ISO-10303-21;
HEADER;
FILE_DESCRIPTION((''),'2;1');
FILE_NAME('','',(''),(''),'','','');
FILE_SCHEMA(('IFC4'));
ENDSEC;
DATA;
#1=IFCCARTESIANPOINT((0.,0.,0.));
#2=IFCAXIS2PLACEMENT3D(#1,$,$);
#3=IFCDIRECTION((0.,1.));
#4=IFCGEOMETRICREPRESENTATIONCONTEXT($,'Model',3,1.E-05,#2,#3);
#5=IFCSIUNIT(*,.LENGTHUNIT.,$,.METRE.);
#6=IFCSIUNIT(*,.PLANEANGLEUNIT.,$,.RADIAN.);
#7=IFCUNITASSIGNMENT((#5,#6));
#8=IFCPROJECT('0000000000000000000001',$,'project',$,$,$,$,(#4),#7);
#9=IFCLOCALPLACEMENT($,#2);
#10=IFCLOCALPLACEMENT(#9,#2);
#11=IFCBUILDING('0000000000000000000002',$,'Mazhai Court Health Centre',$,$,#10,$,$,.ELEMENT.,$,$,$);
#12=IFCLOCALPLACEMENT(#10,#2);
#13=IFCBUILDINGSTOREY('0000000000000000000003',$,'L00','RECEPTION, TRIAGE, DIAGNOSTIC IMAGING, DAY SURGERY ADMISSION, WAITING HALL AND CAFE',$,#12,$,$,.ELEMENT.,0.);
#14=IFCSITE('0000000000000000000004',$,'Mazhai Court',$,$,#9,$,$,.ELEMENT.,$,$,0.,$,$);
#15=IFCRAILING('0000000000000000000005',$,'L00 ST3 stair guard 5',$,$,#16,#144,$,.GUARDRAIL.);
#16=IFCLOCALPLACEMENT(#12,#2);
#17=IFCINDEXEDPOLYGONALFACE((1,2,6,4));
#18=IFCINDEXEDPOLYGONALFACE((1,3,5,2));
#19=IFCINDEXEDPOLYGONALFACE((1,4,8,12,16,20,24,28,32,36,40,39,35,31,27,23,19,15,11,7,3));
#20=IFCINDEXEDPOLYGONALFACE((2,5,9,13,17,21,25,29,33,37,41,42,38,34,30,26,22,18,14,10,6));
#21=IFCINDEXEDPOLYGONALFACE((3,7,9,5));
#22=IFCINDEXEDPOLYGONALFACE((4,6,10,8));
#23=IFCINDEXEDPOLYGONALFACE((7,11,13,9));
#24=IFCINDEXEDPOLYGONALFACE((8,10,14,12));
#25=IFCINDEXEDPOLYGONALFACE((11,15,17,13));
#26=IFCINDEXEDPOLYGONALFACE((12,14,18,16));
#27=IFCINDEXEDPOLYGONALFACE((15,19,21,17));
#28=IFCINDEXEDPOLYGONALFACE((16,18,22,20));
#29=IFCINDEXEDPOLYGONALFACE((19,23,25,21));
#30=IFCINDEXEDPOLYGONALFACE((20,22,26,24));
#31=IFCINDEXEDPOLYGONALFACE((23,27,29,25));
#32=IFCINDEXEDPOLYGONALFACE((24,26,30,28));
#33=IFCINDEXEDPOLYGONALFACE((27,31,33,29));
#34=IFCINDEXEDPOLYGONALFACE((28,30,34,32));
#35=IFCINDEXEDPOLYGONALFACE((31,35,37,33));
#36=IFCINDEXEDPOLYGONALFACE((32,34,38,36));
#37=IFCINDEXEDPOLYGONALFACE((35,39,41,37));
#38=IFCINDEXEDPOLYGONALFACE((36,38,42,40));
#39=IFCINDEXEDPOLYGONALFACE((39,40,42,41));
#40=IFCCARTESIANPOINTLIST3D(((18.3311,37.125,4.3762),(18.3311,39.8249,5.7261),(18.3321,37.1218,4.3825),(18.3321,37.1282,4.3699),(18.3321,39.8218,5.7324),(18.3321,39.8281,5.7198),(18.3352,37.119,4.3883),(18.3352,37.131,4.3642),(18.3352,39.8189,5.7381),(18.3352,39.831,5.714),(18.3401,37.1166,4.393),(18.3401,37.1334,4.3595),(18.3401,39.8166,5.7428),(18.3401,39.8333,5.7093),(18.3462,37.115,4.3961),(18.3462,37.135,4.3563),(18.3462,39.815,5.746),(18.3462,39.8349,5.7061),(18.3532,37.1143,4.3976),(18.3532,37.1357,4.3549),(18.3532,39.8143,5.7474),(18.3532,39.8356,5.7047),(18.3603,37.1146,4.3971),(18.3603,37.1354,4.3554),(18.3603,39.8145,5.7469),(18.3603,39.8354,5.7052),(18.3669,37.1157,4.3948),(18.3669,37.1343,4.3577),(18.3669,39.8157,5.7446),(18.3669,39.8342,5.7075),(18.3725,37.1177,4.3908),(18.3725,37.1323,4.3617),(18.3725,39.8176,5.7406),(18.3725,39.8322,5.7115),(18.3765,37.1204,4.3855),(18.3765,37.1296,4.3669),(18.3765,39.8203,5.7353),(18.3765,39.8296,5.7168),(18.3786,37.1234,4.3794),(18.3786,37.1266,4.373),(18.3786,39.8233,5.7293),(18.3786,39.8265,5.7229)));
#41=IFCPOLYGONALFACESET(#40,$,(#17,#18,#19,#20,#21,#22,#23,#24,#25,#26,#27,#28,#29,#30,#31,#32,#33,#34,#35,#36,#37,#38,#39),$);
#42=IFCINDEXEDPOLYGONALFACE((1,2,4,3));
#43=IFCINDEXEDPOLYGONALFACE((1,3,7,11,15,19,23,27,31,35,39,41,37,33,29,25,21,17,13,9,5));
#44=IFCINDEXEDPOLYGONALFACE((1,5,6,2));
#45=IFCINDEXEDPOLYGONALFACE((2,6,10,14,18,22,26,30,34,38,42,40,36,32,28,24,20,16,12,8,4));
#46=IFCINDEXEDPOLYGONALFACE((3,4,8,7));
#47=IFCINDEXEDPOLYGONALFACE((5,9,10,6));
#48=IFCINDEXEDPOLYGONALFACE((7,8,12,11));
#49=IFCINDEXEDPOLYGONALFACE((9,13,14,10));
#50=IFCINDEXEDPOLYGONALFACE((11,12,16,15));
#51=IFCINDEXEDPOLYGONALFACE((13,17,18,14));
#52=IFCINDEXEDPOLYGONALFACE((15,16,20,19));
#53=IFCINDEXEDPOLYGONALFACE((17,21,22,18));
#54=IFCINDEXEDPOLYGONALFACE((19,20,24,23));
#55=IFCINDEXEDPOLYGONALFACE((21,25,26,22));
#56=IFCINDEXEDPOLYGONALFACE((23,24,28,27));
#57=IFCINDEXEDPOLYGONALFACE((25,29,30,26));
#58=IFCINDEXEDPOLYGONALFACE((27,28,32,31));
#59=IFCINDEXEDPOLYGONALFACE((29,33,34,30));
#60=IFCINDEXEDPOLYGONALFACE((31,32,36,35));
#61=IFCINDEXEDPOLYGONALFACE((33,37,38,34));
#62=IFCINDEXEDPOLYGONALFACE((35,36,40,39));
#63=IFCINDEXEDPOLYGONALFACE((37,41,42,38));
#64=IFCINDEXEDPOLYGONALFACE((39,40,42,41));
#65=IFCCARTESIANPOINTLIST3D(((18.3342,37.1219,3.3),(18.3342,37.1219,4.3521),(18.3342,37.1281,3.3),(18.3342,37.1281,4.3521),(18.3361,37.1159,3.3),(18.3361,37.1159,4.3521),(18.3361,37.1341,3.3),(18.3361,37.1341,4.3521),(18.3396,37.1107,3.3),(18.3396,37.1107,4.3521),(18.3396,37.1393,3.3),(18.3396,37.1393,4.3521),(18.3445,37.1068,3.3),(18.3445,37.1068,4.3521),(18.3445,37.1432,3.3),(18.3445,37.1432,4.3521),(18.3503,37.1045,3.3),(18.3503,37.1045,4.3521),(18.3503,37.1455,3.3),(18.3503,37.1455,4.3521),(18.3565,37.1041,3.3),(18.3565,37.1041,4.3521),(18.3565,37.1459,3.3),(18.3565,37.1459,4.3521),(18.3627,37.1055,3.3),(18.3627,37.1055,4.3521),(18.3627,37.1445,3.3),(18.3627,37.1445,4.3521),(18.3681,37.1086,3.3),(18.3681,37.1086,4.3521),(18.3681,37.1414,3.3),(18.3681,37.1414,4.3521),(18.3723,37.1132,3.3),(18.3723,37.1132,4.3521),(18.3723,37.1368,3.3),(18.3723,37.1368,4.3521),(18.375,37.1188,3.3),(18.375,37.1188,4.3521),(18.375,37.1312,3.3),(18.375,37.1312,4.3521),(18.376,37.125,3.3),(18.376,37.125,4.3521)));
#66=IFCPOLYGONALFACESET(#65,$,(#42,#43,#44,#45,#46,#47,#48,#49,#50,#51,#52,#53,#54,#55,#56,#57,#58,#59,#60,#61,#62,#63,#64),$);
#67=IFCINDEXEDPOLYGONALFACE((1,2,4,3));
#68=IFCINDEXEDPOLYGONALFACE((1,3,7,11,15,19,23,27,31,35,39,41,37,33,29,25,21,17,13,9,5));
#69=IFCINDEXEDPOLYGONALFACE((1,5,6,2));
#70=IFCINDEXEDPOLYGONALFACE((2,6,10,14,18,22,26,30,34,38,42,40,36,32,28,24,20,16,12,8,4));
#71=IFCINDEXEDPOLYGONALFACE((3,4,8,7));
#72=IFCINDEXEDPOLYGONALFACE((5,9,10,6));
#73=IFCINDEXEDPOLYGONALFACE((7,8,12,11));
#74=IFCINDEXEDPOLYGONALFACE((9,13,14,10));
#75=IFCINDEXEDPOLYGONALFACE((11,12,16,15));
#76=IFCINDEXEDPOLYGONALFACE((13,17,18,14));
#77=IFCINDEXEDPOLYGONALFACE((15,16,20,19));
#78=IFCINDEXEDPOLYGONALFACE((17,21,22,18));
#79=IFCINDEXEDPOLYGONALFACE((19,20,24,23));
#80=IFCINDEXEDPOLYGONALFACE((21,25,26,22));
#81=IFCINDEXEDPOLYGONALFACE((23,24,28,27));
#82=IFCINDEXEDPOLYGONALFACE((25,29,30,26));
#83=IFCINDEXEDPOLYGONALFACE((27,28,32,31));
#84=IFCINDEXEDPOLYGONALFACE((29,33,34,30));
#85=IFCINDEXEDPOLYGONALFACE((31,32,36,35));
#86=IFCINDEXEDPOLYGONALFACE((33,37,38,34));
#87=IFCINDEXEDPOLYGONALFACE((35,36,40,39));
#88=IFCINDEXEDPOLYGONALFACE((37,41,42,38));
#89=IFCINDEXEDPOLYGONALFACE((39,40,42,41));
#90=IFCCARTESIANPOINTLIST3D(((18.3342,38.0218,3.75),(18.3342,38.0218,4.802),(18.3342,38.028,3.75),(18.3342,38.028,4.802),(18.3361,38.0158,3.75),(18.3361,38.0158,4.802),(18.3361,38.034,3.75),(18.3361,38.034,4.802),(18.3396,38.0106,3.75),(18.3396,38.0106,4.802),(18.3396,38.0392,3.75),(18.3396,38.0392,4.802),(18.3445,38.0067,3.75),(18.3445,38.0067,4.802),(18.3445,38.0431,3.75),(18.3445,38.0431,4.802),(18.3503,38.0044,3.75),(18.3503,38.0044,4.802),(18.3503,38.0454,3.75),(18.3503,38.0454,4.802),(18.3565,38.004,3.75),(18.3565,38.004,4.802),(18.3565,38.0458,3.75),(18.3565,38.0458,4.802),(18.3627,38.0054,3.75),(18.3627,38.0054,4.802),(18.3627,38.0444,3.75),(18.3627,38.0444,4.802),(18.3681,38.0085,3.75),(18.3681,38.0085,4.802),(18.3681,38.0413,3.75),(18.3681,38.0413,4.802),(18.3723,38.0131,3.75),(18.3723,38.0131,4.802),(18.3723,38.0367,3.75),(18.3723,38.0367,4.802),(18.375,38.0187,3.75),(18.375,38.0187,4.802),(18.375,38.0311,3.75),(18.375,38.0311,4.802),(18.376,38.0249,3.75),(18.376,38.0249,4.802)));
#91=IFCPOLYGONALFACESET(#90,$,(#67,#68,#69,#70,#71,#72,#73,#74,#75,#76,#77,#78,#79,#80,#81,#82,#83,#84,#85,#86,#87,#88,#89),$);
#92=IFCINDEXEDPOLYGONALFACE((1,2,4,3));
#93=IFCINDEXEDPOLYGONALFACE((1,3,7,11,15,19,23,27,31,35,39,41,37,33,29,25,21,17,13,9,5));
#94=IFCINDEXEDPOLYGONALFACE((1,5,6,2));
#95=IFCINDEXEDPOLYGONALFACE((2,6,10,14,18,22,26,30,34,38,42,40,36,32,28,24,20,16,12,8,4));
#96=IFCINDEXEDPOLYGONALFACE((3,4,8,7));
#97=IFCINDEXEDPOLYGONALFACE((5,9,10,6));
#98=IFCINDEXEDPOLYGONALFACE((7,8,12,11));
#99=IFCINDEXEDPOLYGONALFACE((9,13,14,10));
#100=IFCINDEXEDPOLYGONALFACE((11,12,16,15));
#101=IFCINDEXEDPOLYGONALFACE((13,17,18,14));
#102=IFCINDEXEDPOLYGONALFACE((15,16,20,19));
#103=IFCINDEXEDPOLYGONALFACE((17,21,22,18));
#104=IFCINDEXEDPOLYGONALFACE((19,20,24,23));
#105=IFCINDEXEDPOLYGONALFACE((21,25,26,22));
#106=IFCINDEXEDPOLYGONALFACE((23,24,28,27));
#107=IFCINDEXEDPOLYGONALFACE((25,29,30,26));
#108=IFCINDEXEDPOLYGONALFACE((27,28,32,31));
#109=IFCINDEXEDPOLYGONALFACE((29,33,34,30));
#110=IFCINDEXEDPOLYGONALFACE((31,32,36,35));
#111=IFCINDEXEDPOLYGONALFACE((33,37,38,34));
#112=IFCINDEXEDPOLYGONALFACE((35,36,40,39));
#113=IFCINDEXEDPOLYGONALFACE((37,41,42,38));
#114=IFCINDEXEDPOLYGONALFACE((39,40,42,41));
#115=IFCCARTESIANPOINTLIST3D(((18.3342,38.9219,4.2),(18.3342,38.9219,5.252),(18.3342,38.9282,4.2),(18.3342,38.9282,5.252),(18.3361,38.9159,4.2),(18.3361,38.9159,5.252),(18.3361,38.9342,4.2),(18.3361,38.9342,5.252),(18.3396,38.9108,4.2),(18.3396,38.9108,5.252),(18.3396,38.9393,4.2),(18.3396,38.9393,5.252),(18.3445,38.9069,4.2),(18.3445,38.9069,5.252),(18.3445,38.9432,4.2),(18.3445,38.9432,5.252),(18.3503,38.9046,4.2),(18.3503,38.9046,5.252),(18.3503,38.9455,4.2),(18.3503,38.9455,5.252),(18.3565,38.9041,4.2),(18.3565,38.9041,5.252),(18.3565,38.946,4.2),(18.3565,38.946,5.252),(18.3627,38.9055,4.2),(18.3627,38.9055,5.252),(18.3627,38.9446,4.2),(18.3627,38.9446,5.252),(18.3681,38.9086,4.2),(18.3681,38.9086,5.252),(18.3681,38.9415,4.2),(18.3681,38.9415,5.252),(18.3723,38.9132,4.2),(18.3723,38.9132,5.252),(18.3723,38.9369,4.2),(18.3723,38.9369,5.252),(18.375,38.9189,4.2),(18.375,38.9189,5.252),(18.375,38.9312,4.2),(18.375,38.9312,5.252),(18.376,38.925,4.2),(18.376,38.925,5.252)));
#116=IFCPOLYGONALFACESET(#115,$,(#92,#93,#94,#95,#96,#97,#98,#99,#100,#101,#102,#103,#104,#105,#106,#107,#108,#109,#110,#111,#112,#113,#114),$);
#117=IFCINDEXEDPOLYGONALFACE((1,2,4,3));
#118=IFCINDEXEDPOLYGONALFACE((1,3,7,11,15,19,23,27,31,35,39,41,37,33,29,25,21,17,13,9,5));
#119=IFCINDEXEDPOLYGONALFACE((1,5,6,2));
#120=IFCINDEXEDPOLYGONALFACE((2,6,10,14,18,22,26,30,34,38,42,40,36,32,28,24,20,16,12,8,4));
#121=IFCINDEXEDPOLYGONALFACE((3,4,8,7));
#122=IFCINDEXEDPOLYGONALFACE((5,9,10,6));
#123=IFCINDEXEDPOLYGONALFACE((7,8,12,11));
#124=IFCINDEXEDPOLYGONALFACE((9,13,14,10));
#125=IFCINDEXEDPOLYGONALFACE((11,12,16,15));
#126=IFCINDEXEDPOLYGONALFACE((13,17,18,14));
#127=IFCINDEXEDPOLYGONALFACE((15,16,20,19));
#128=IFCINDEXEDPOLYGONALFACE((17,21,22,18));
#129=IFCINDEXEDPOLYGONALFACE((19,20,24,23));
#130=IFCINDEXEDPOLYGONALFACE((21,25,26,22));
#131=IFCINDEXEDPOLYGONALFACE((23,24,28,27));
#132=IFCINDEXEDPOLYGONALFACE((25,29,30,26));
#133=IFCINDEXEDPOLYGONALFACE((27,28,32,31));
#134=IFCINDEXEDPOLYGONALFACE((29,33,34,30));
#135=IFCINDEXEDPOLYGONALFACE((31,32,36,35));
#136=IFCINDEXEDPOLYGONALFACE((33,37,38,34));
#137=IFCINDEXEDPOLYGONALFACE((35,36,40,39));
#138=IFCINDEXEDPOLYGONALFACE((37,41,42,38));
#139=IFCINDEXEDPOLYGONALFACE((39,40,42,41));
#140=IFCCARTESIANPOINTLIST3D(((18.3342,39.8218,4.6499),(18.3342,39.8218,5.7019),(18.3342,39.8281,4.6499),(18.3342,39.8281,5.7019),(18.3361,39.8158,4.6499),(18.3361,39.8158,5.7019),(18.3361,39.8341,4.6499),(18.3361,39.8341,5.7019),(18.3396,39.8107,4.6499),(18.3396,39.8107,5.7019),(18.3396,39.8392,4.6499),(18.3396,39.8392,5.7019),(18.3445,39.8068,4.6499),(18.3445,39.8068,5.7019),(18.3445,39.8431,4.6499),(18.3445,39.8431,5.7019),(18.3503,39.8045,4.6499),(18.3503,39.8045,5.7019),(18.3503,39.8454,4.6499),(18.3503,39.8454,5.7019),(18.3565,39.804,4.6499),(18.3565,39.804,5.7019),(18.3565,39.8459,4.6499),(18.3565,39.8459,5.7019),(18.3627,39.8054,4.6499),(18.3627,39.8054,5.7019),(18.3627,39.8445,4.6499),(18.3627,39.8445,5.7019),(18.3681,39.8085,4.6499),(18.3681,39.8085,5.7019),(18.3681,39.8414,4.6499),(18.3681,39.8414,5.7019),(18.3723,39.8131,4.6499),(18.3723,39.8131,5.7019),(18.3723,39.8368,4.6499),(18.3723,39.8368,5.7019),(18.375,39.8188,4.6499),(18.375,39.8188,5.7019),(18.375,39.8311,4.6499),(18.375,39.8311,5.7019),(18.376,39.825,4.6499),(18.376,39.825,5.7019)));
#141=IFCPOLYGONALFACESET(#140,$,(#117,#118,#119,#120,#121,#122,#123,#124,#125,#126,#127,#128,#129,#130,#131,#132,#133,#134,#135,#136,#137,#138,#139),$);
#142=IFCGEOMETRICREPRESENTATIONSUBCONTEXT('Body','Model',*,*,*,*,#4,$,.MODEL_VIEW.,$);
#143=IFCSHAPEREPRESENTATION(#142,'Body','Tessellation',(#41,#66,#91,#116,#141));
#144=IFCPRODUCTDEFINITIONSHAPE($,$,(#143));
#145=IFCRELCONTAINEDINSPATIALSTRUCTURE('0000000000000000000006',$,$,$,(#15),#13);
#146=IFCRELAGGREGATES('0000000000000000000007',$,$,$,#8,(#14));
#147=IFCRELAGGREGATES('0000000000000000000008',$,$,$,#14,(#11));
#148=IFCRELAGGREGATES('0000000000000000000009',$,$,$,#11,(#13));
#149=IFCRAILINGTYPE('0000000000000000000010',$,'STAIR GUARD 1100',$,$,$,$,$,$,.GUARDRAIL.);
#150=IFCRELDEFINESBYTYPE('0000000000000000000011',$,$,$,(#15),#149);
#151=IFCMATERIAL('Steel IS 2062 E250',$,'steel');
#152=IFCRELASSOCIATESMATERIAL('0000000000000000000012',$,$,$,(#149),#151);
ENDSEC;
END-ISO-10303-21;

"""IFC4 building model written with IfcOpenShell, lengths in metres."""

from ifc_helpers import new_model, si_unit, direction, frame, origin, origin_2d, place, context, subcontext, project, spatial, circle, extrude, material, type_object, element, save


model = new_model("IFC4")

# Units and contexts
model_context = context("Model", 3, precision=1e-05, world=origin(), true_north=direction((0.0, 1.0)))
body_context = subcontext(model_context, "Body", "Model", "MODEL_VIEW")
ifc_project = project(units=[si_unit("LENGTHUNIT", "METRE"), si_unit("PLANEANGLEUNIT", "RADIAN")], contexts=[model_context])

# Site, building, storey
site_placement = place(None, origin())
site = spatial("IfcSite", under=ifc_project, at=site_placement, Name="Mazhai Court", CompositionType="ELEMENT", RefElevation=0.0)
building_placement = place(site_placement, origin())
building = spatial("IfcBuilding", under=site, at=building_placement, Name="Mazhai Court Health Centre", CompositionType="ELEMENT")
storey_placement = place(building_placement, origin())
storey = spatial("IfcBuildingStorey", under=building, at=storey_placement, Name="L00", Description="RECEPTION, TRIAGE, DIAGNOSTIC IMAGING, DAY SURGERY ADMISSION, WAITING HALL AND CAFE", CompositionType="ELEMENT", Elevation=0.0)

# Railing
ifc_material_1 = material(Name="Steel IS 2062 E250", Category="steel")
railing_type = type_object("IfcRailingType", Name="STAIR GUARD 1100", PredefinedType="GUARDRAIL", material=ifc_material_1)
railing_1_placement = place(storey_placement, frame((18.355, 37.125, 3.3)))
element("IfcRailing", 1, at=railing_1_placement, inside=storey, type_object=railing_type, Name="L00 ST3 stair guard 5", PredefinedType="GUARDRAIL", context=body_context, shape_type="SweptSolid", body=[
    extrude(circle(Radius=0.0239, at=origin_2d()), frame((0.0, 0.0, 1.0762), z_axis=(0.0, 0.894443, 0.447181), x_axis=(-1.0, 0.0, 0.0)), (0.0, 0.0, 1.0), 3.0186),
    extrude(circle(Radius=0.021, at=origin_2d()), origin(), (0.0, 0.0, 1.0), 1.052),
    extrude(circle(Radius=0.021, at=origin_2d()), frame((0.0, 0.8999, 0.45)), (0.0, 0.0, 1.0), 1.052),
    extrude(circle(Radius=0.021, at=origin_2d()), frame((0.0, 1.8, 0.8999)), (0.0, 0.0, 1.0), 1.052),
    extrude(circle(Radius=0.021, at=origin_2d()), frame((0.0, 2.7, 1.3499)), (0.0, 0.0, 1.0), 1.052),
])

save(model, "model.ifc")
